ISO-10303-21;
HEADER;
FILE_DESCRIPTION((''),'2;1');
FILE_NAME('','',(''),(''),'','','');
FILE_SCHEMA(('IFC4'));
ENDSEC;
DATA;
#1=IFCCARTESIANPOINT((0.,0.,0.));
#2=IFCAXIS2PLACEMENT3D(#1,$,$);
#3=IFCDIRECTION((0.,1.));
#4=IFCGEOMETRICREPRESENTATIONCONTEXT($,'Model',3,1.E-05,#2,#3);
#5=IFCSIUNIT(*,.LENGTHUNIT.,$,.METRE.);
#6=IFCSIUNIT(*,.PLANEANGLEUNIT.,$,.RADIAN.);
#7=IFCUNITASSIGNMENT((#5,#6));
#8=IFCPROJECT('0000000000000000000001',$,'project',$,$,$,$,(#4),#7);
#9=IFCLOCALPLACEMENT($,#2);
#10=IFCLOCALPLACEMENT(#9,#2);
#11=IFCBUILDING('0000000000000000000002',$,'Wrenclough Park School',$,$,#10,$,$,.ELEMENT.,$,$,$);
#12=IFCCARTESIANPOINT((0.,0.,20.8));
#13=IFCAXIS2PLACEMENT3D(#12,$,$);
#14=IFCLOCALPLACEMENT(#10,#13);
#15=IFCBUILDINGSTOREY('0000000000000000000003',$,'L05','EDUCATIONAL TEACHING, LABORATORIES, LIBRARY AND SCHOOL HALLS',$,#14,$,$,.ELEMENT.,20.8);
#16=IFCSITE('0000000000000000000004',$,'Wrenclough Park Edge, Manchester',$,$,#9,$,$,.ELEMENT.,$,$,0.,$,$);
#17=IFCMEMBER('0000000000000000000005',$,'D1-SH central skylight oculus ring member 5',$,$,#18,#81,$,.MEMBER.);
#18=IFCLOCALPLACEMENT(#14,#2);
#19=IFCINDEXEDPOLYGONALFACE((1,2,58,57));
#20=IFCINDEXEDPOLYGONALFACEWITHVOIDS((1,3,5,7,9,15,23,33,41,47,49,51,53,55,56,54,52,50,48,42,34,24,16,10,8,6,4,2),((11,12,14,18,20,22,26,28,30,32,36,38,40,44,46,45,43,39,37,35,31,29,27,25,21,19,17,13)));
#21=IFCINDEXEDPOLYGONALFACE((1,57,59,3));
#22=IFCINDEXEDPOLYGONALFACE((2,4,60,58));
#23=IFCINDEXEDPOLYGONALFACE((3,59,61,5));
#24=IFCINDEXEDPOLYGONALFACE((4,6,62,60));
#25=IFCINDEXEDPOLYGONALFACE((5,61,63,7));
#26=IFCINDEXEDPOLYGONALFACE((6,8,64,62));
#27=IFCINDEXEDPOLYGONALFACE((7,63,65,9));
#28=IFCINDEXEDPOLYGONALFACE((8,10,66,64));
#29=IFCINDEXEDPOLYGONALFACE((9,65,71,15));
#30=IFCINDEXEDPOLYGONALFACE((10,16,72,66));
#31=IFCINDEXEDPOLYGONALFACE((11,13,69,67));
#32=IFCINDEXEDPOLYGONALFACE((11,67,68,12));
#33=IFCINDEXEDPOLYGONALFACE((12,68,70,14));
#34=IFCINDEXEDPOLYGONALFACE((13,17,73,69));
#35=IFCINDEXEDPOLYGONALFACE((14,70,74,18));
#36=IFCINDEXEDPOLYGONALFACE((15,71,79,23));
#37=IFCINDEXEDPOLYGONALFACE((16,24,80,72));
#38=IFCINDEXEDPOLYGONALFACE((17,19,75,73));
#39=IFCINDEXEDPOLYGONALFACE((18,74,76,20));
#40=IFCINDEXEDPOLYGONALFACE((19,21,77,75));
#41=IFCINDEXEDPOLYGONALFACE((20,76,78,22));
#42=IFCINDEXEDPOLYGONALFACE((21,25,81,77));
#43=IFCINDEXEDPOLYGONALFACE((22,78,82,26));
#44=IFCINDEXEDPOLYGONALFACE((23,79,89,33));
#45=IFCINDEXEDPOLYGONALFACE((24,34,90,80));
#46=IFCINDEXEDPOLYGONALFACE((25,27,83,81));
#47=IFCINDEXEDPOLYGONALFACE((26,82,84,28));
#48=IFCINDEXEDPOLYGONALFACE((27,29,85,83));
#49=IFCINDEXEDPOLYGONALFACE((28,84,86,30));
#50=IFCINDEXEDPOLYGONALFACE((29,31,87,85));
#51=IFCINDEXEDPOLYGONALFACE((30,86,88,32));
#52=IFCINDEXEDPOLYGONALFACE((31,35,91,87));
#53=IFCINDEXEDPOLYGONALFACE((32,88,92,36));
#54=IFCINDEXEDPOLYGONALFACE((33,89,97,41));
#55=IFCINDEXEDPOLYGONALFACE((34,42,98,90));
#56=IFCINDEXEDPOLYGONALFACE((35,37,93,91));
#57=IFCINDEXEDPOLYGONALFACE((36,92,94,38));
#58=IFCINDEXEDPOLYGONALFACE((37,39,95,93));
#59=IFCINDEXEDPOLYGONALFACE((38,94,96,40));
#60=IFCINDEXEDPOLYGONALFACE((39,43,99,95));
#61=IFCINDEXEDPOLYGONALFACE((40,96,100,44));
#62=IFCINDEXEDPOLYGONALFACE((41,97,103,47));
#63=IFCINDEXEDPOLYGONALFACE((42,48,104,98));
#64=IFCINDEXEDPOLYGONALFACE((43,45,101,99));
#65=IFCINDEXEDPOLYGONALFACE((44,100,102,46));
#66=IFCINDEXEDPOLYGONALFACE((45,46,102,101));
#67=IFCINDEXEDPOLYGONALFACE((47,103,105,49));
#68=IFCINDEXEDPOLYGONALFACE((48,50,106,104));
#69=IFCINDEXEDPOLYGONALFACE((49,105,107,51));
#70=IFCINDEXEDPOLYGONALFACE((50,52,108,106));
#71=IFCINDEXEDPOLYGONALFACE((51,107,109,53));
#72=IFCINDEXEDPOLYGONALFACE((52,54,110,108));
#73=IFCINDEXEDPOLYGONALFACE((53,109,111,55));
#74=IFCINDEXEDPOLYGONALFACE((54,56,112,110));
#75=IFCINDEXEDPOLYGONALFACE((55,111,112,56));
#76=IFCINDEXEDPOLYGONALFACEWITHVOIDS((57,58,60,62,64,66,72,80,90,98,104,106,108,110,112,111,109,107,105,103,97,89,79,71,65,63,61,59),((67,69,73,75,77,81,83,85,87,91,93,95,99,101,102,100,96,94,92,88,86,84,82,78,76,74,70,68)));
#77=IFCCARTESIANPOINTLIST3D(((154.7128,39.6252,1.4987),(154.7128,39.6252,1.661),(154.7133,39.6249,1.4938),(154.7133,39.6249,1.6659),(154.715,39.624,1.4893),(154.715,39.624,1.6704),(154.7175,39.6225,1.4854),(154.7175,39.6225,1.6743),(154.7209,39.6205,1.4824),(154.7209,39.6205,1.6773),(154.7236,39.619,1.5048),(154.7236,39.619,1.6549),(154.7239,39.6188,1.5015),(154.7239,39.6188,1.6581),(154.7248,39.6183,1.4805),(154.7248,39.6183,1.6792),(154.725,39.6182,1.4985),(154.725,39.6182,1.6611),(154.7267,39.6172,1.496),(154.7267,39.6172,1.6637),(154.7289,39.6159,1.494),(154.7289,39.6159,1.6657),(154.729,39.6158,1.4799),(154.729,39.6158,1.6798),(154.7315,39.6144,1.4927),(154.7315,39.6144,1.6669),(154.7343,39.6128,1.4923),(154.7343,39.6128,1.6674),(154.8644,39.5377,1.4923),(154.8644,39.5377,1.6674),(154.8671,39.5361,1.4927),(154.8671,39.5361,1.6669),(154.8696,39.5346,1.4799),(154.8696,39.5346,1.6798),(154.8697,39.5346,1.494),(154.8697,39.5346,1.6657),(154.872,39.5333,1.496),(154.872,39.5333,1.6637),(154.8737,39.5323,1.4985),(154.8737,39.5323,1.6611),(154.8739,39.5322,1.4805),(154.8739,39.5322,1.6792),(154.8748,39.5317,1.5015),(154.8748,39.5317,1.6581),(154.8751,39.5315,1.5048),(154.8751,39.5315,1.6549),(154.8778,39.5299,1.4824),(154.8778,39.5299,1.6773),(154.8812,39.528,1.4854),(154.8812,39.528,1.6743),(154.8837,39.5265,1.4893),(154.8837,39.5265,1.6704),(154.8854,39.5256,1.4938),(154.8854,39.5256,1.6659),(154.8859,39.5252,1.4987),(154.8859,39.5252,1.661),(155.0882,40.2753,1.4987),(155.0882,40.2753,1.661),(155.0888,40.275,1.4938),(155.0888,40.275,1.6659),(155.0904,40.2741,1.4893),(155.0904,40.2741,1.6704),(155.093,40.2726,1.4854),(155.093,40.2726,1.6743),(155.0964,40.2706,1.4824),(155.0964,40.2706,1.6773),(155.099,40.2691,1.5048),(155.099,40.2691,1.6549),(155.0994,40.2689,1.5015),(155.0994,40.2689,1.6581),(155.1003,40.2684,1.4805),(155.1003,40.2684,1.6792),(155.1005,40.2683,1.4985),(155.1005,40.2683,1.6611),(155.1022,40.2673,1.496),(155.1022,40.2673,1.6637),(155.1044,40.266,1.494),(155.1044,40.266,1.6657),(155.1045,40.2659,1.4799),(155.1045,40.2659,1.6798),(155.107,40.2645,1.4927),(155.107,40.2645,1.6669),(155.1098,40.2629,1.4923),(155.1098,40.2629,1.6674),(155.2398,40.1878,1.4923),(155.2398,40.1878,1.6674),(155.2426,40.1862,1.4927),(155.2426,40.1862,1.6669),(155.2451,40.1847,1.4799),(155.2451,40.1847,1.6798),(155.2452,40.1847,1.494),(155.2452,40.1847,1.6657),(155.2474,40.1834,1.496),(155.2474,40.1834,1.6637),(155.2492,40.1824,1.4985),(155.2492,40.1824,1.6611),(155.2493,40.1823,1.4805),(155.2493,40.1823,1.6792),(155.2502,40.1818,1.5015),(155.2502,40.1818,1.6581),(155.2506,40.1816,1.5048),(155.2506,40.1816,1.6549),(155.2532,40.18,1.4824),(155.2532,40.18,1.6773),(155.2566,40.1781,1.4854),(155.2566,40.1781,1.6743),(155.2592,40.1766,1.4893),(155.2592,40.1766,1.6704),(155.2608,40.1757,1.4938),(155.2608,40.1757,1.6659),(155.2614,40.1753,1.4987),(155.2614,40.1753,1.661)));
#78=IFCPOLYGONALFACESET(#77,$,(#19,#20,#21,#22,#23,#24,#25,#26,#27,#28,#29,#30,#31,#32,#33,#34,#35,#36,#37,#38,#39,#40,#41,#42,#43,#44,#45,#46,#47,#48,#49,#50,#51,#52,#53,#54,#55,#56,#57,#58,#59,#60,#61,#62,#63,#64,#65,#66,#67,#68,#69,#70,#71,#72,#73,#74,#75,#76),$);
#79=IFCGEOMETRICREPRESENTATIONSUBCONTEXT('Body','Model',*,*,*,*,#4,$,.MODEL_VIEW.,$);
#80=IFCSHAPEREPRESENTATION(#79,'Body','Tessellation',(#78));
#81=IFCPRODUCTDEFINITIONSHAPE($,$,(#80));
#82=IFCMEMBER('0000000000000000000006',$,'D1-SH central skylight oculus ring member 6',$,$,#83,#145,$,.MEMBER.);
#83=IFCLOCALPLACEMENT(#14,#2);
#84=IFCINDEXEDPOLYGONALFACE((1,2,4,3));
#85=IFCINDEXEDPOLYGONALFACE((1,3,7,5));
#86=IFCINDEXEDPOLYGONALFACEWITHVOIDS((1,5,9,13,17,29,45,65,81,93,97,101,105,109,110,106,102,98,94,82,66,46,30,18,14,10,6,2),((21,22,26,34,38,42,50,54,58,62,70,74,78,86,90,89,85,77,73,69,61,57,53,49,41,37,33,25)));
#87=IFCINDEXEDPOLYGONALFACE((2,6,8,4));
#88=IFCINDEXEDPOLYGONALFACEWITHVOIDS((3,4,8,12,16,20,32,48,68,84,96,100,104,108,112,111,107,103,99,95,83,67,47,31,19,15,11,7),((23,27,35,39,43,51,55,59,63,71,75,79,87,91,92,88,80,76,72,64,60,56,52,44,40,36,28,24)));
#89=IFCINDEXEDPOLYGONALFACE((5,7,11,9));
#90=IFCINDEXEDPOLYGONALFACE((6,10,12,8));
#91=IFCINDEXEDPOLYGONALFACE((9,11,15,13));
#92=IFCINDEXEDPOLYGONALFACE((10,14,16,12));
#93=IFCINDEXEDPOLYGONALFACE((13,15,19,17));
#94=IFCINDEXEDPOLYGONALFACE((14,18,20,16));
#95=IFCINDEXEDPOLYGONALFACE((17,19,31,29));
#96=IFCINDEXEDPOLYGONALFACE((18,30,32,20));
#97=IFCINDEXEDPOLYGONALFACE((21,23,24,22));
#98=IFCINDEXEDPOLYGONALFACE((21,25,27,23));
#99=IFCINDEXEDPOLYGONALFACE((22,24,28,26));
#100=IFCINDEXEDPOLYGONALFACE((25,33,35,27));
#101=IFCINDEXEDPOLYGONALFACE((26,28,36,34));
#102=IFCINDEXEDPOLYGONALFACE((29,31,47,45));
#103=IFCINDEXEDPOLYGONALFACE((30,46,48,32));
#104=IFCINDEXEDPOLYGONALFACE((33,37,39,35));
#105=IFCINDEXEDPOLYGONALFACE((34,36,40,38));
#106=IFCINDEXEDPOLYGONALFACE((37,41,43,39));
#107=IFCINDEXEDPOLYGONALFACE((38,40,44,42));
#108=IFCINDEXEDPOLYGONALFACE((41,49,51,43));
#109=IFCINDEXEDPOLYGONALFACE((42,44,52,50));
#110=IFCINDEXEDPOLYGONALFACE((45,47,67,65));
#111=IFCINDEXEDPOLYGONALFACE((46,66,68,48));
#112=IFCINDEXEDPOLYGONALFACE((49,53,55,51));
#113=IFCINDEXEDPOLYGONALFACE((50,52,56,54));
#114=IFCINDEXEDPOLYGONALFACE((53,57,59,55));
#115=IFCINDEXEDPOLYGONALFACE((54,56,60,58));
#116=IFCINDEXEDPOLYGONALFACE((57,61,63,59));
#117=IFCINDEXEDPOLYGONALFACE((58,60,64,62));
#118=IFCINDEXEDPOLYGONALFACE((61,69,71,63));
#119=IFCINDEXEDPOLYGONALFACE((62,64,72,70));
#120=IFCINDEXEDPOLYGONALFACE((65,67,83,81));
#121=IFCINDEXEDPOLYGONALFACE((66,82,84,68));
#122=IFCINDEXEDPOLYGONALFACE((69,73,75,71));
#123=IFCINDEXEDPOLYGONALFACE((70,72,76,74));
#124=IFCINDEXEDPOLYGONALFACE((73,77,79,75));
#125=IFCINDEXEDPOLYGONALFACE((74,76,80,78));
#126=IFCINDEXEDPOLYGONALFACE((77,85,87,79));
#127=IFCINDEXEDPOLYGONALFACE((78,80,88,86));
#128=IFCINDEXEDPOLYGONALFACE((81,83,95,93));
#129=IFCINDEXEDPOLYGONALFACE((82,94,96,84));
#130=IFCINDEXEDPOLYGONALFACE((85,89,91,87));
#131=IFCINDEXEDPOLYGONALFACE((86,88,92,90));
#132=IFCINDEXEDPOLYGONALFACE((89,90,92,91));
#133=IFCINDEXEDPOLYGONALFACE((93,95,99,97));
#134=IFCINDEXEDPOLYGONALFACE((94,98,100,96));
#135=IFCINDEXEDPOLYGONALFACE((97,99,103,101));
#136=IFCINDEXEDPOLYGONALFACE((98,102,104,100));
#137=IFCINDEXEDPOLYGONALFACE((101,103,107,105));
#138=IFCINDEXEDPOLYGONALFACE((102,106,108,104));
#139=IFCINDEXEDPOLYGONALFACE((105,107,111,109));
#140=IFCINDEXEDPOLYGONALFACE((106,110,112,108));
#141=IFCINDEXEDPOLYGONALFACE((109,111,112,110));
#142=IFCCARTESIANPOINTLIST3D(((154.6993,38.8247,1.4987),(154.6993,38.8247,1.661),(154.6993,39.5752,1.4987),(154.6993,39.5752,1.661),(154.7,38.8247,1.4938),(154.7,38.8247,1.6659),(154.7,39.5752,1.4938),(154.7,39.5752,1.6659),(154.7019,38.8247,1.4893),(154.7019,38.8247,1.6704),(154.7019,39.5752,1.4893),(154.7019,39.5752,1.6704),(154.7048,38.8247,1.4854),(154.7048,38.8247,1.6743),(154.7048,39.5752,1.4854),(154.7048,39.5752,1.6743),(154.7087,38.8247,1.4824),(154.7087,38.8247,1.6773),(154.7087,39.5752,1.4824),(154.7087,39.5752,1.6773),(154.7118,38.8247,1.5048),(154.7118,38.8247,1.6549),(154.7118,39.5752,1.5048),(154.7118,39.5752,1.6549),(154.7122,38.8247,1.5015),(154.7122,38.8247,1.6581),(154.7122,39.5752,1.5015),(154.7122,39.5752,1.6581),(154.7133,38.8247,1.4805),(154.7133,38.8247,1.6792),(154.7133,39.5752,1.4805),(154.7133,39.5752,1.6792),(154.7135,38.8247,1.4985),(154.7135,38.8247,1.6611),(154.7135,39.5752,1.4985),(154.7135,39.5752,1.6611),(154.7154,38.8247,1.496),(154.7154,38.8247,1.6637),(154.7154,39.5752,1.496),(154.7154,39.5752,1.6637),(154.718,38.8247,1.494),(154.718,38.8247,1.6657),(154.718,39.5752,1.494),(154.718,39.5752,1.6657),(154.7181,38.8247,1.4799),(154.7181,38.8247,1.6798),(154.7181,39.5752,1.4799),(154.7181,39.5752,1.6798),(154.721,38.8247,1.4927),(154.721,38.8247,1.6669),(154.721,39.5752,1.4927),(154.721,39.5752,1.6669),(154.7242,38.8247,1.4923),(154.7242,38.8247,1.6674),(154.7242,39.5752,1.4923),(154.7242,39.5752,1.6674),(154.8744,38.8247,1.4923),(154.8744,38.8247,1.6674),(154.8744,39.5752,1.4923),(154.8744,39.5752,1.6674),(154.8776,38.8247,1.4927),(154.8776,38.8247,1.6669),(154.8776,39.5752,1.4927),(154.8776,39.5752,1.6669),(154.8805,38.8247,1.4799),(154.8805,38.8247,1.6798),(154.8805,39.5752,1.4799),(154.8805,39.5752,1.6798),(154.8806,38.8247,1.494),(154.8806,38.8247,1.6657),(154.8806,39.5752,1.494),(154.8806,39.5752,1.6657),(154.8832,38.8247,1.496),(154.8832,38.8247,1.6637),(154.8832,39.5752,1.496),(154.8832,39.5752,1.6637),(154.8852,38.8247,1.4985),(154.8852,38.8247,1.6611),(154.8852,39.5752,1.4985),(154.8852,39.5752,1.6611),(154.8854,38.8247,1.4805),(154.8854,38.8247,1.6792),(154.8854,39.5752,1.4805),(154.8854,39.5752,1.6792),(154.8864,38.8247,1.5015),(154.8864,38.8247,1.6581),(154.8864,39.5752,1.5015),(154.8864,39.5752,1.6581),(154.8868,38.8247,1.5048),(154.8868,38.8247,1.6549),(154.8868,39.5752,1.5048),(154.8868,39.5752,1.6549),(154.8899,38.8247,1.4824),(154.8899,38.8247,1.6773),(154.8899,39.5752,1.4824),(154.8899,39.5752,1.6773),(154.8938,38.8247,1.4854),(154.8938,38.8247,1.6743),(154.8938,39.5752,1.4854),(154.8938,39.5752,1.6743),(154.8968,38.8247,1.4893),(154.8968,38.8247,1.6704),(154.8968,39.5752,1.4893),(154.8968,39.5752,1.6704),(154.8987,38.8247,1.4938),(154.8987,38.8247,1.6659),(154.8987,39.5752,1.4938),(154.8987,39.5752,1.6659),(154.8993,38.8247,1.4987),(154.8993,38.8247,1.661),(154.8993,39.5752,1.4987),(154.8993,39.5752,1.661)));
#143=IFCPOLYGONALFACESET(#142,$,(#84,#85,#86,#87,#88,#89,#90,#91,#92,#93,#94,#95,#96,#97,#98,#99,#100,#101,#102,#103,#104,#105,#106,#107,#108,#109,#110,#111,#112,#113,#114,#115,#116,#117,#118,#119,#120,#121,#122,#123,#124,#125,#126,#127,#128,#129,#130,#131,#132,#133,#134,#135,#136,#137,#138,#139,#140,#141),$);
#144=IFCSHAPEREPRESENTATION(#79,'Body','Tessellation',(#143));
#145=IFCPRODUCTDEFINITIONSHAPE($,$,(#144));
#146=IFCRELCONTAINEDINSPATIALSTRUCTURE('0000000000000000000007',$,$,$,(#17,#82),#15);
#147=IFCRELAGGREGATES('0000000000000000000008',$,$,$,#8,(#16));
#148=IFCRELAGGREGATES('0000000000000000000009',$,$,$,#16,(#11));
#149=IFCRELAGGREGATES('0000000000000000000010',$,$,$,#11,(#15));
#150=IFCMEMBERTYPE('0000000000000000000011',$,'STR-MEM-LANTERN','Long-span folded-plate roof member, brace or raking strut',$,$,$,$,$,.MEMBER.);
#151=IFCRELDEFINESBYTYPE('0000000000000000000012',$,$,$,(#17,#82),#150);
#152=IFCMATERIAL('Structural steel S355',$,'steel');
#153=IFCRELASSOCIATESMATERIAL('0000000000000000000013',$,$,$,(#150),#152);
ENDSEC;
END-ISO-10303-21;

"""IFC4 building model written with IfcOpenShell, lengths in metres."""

from ifc_helpers import new_model, si_unit, direction, frame, origin, origin_2d, place, context, subcontext, project, spatial, hollow_rectangle, extrude, material, material_profile, profile_set, type_object, element, save


model = new_model("IFC4")

# Units and contexts
model_context = context("Model", 3, precision=1e-05, world=origin(), true_north=direction((0.0, 1.0)))
body_context = subcontext(model_context, "Body", "Model", "MODEL_VIEW")
ifc_project = project(units=[si_unit("LENGTHUNIT", "METRE"), si_unit("PLANEANGLEUNIT", "RADIAN")], contexts=[model_context])

# Site, building, storey
site_placement = place(None, origin())
site = spatial("IfcSite", under=ifc_project, at=site_placement, Name="Wrenclough Park Edge, Manchester", CompositionType="ELEMENT", RefElevation=0.0)
building_placement = place(site_placement, origin())
building = spatial("IfcBuilding", under=site, at=building_placement, Name="Wrenclough Park School", CompositionType="ELEMENT")
storey_placement = place(building_placement, frame((0.0, 0.0, 20.8)))
storey = spatial("IfcBuildingStorey", under=building, at=storey_placement, Name="L05", Description="EDUCATIONAL TEACHING, LABORATORIES, LIBRARY AND SCHOOL HALLS", CompositionType="ELEMENT", Elevation=20.8)

# Shared definitions
ifc_material_1 = material(Name="Structural steel S355", Category="steel")

# Members
ifc_material_profile_1 = material_profile(ifc_material_1, hollow_rectangle(XDim=0.2, YDim=0.2, WallThickness=0.0125, InnerFilletRadius=0.0125, OuterFilletRadius=0.0188, at=origin_2d()), Name="SHS 200x200x12.5")
ifc_profile_set_1 = profile_set([ifc_material_profile_1], Name="Structural steel S355")
member_type_1 = type_object("IfcMemberType", Name="STR-MEM-LANTERN", Description="Long-span folded-plate roof member, brace or raking strut", PredefinedType="MEMBER", material=ifc_profile_set_1)
member_1_placement = place(storey_placement, frame((155.1748, 40.2253, 1.5798), z_axis=(-0.500126, -0.865953, 0.0), x_axis=(0.865953, -0.500126, 0.0)))
element("IfcMember", 1, at=member_1_placement, inside=storey, type_object=member_type_1, Name="D1-SH central skylight oculus ring member 5", PredefinedType="MEMBER", context=body_context, shape_type="SweptSolid", body=[
    extrude(hollow_rectangle(XDim=0.2, YDim=0.2, WallThickness=0.0125, InnerFilletRadius=0.0125, OuterFilletRadius=0.0188, at=origin_2d()), origin(), (0.0, 0.0, 1.0), 0.7507),
])
for number, where, z_axis, x_axis, name in (
    (2, (154.7993, 39.5752, 1.5798), (0.0, -1.0, 0.0), (1.0, 0.0, 0.0), "D1-SH central skylight oculus ring member 6"),
):
    element("IfcMember", number, at=place(storey_placement, frame(where, z_axis=z_axis, x_axis=x_axis)), inside=storey, type_object=member_type_1, Name=name, PredefinedType="MEMBER", context=body_context, shape_type="SweptSolid", body=[
        extrude(hollow_rectangle(XDim=0.2, YDim=0.2, WallThickness=0.0125, InnerFilletRadius=0.0125, OuterFilletRadius=0.0188, at=origin_2d()), origin(), (0.0, 0.0, 1.0), 0.7505),
    ])

save(model, "model.ifc")
